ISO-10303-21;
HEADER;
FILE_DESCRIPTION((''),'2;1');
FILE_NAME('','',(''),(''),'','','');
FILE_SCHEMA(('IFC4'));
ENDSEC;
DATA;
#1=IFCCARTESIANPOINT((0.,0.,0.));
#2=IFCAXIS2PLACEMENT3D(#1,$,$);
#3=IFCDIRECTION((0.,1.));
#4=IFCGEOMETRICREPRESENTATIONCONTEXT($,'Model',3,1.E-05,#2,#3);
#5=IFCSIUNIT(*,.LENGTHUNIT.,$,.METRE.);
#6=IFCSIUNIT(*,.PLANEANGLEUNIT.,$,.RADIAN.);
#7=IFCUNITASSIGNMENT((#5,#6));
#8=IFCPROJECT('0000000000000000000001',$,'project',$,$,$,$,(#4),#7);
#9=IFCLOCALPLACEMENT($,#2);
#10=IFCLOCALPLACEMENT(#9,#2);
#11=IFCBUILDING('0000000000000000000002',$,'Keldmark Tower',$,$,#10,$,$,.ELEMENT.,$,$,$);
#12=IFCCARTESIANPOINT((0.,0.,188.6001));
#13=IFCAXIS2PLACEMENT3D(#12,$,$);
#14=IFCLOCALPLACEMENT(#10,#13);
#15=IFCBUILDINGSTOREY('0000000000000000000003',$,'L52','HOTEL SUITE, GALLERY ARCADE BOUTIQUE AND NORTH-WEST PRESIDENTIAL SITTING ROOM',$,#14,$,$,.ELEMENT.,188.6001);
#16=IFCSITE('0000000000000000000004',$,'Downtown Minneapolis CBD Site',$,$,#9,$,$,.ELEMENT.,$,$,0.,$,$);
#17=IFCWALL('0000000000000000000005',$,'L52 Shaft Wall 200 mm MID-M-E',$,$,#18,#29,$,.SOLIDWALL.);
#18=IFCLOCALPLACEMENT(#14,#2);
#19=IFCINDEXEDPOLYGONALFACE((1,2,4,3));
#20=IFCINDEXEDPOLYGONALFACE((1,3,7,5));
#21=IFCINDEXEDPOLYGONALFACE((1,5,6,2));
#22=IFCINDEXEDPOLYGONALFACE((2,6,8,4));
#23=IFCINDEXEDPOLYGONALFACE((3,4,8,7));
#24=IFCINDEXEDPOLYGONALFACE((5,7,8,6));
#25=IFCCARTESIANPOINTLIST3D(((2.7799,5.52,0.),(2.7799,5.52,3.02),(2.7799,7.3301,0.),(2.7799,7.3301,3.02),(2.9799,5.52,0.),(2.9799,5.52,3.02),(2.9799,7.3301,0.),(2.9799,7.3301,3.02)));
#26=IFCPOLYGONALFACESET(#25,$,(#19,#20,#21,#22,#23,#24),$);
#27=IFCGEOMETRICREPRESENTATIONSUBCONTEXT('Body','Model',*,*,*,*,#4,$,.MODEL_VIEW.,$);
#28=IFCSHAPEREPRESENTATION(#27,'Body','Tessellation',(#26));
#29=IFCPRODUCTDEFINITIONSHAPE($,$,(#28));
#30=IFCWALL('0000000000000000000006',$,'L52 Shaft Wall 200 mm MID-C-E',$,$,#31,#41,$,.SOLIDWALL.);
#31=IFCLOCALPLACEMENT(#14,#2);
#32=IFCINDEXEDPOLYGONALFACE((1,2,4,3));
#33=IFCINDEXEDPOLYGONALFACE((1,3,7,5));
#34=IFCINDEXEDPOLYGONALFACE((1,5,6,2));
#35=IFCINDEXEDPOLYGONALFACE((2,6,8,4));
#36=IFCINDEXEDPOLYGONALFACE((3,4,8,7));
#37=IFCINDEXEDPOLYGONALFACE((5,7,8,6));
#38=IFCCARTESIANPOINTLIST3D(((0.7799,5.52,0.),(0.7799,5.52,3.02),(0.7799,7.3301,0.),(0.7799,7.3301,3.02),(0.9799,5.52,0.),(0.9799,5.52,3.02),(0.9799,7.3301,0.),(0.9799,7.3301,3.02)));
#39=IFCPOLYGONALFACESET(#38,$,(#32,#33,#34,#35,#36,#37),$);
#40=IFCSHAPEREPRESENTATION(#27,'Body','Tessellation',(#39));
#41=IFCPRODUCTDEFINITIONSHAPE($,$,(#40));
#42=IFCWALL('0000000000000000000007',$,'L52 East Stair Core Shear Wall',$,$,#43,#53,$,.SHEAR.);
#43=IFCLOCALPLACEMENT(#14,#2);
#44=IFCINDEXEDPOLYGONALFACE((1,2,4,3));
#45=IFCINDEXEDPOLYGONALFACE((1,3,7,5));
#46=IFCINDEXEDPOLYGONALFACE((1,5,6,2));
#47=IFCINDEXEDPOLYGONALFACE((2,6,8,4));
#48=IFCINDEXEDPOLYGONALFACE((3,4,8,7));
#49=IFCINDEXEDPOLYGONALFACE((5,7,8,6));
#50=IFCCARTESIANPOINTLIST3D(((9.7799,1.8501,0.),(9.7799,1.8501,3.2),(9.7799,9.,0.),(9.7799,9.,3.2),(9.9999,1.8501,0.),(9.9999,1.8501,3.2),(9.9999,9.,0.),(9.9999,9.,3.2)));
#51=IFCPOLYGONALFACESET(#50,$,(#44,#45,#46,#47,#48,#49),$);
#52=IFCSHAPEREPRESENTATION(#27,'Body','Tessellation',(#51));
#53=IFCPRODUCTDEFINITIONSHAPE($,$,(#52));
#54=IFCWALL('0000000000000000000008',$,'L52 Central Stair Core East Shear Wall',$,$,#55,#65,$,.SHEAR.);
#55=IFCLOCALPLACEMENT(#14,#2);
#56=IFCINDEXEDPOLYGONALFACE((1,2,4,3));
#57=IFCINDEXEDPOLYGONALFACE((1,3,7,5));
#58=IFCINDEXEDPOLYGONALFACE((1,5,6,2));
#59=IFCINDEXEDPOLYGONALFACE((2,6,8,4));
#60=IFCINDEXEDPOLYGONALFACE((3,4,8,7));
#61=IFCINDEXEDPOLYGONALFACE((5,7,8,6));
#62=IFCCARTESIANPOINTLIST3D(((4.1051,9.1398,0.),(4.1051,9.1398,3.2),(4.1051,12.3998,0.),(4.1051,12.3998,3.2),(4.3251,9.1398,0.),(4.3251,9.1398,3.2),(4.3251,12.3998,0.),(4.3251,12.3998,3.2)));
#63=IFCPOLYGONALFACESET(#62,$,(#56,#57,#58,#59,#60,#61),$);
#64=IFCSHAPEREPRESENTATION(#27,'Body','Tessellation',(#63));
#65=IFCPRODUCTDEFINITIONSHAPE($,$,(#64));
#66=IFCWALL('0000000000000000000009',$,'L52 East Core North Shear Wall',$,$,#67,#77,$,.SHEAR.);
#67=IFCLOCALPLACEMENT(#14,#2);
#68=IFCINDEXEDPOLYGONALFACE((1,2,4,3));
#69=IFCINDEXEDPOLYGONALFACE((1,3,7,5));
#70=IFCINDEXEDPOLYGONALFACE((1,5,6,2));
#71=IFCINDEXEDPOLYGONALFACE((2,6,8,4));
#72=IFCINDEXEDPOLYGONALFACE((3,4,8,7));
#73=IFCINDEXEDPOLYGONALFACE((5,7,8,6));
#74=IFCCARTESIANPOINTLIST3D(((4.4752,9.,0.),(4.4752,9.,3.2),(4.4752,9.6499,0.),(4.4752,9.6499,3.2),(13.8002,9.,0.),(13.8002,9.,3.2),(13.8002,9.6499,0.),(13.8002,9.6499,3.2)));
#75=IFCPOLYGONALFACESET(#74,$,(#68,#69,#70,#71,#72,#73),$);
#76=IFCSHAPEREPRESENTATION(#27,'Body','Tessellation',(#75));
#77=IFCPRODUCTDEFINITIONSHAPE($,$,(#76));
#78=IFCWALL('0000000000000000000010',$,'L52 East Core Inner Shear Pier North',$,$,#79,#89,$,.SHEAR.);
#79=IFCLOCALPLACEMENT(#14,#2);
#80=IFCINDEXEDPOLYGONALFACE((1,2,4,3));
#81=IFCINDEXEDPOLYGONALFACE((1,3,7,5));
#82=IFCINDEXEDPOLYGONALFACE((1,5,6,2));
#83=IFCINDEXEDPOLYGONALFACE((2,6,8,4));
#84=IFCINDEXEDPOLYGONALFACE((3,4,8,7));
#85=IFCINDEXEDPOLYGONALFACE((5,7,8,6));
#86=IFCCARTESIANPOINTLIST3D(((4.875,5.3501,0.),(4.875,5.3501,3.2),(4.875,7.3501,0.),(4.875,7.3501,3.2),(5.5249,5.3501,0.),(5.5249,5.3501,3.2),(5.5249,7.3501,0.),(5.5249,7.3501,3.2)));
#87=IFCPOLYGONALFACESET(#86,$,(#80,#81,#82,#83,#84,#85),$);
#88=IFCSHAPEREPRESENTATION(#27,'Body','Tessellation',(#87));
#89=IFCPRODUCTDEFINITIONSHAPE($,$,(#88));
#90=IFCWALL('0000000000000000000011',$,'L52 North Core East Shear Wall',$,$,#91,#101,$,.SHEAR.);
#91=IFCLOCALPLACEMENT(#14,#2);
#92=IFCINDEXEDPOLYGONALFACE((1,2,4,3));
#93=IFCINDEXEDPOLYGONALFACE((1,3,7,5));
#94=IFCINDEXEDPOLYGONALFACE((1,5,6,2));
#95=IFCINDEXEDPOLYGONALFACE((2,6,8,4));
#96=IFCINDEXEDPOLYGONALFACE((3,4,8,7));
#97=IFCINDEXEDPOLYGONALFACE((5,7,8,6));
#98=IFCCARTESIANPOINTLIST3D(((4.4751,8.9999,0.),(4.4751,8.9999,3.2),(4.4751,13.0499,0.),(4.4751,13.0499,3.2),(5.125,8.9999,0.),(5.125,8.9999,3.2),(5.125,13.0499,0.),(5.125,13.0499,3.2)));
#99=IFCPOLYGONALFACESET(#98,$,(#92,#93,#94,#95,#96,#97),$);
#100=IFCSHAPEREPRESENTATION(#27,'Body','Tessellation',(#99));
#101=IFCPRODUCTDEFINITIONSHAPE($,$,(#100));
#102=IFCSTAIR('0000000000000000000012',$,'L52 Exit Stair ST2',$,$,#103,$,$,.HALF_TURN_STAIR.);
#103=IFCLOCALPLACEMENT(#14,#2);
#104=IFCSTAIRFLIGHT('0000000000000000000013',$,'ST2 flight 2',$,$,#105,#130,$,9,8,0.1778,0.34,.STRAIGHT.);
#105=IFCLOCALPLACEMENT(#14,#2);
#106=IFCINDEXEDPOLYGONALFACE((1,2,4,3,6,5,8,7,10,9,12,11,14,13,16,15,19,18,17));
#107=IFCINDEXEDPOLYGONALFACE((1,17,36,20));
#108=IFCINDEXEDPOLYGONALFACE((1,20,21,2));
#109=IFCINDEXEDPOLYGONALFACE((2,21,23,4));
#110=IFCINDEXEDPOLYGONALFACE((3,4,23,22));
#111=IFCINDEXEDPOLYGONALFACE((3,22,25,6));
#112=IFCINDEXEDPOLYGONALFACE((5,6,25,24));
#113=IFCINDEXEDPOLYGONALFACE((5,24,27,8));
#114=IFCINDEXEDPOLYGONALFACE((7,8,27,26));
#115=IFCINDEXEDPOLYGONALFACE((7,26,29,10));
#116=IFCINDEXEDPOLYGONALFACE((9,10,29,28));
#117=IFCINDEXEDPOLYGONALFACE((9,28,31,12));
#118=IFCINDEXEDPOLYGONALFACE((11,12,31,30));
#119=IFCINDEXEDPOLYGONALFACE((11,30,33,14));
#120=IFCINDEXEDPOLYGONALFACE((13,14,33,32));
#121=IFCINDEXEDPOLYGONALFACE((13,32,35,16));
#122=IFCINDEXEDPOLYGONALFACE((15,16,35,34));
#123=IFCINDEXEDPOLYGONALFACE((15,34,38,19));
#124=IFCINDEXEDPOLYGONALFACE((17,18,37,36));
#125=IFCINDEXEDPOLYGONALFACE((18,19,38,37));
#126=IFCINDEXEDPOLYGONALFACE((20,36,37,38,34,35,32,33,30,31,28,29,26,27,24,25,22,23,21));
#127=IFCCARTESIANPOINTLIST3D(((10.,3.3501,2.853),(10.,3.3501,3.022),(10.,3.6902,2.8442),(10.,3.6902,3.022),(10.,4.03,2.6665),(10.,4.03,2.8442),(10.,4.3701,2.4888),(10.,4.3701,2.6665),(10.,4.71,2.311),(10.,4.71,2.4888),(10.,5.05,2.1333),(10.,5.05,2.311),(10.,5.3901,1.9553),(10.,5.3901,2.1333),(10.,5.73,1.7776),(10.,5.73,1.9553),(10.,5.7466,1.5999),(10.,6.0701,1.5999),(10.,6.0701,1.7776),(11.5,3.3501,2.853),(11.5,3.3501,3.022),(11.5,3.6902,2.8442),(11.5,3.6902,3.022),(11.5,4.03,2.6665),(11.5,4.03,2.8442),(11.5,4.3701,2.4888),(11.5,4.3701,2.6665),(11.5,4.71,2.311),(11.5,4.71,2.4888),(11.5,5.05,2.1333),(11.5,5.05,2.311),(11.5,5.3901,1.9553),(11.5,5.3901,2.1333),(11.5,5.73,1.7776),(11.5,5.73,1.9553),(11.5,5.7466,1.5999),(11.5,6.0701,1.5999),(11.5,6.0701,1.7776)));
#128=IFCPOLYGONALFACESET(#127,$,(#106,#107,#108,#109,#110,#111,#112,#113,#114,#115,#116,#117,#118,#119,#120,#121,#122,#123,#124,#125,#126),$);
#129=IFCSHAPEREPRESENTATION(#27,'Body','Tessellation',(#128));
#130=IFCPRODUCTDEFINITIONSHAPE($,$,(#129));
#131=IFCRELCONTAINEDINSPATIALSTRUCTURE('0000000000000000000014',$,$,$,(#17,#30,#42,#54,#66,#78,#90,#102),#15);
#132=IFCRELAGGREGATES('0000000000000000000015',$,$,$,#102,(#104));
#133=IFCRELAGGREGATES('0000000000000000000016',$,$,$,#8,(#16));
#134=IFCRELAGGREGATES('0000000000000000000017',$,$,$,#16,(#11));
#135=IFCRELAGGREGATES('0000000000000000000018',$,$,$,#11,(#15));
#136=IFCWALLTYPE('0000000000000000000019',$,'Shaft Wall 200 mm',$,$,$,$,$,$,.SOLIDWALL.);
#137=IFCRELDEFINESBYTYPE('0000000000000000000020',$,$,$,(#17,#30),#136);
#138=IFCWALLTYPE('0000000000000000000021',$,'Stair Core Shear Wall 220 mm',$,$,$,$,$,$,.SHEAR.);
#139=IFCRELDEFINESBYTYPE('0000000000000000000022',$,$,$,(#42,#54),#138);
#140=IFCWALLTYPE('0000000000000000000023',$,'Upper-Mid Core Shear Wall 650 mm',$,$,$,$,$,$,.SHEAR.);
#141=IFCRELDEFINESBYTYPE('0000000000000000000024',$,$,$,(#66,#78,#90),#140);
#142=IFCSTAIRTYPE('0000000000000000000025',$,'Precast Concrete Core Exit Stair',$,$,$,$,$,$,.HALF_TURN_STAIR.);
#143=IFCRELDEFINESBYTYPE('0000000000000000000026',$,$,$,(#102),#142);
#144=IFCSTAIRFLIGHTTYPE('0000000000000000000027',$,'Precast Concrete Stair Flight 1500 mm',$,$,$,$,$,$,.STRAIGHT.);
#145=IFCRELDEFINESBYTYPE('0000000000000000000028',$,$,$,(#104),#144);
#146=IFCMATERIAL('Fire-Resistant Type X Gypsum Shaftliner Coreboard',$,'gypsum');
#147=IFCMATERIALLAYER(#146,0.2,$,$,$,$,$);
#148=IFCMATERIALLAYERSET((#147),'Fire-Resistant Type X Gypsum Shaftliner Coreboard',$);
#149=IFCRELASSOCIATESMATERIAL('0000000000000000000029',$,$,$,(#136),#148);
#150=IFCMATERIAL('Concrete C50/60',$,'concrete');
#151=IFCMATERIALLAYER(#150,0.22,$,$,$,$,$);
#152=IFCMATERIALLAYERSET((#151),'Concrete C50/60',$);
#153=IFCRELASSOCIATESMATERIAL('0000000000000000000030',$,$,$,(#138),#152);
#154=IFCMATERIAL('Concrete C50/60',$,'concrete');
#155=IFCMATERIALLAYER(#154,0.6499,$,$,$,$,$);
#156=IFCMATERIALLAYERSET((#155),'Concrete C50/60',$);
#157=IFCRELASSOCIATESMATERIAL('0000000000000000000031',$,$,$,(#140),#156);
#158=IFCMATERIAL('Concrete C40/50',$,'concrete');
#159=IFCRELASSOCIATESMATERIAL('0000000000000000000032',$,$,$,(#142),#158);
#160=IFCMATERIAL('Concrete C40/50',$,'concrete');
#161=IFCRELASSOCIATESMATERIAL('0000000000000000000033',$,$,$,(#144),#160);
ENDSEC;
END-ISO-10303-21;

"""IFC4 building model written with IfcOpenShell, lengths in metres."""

from ifc_helpers import new_model, si_unit, direction, frame, frame_2d, origin, place, context, subcontext, project, spatial, polyline, rectangle, outline, extrude, material, layer, layer_set, type_object, element, aggregate, save


model = new_model("IFC4")

# Units and contexts
model_context = context("Model", 3, precision=1e-05, world=origin(), true_north=direction((0.0, 1.0)))
body_context = subcontext(model_context, "Body", "Model", "MODEL_VIEW")
ifc_project = project(units=[si_unit("LENGTHUNIT", "METRE"), si_unit("PLANEANGLEUNIT", "RADIAN")], contexts=[model_context])

# Site, building, storey
site_placement = place(None, origin())
site = spatial("IfcSite", under=ifc_project, at=site_placement, Name="Downtown Minneapolis CBD Site", CompositionType="ELEMENT", RefElevation=0.0)
building_placement = place(site_placement, origin())
building = spatial("IfcBuilding", under=site, at=building_placement, Name="Keldmark Tower", CompositionType="ELEMENT")
storey_placement = place(building_placement, frame((0.0, 0.0, 188.6001)))
storey = spatial("IfcBuildingStorey", under=building, at=storey_placement, Name="L52", Description="HOTEL SUITE, GALLERY ARCADE BOUTIQUE AND NORTH-WEST PRESIDENTIAL SITTING ROOM", CompositionType="ELEMENT", Elevation=188.6001)

# Shared definitions
ifc_material_1 = material(Name="Fire-Resistant Type X Gypsum Shaftliner Coreboard", Category="gypsum")
ifc_layer_1 = layer(ifc_material_1, 0.2)
ifc_layer_set_1 = layer_set([ifc_layer_1], Name="Fire-Resistant Type X Gypsum Shaftliner Coreboard")
wall_type_1 = type_object("IfcWallType", Name="Shaft Wall 200 mm", PredefinedType="SOLIDWALL", material=ifc_layer_set_1)

# Walls
for number, where, z_axis, x_axis, name in (
    (1, (2.8799, 5.52, 0.0), (0.0, 0.0, 1.0), (0.0, 1.0, 0.0), "L52 Shaft Wall 200 mm MID-M-E"),
    (2, (0.8799, 5.52, 0.0), (0.0, 0.0, 1.0), (0.0, 1.0, 0.0), "L52 Shaft Wall 200 mm MID-C-E"),
):
    element("IfcWall", number, at=place(storey_placement, frame(where, z_axis=z_axis, x_axis=x_axis)), inside=storey, type_object=wall_type_1, Name=name, PredefinedType="SOLIDWALL", context=body_context, shape_type="SweptSolid", body=[
        extrude(rectangle(XDim=1.8101, YDim=0.2, at=frame_2d((0.905, 0.0))), origin(), (0.0, 0.0, 1.0), 3.02),
    ])
ifc_material_2 = material(Name="Concrete C50/60", Category="concrete")
ifc_layer_2 = layer(ifc_material_2, 0.22)
ifc_layer_set_2 = layer_set([ifc_layer_2], Name="Concrete C50/60")
wall_type_2 = type_object("IfcWallType", Name="Stair Core Shear Wall 220 mm", PredefinedType="SHEAR", material=ifc_layer_set_2)
wall_1_placement = place(storey_placement, frame((9.8899, 1.8501, 0.0), z_axis=(0.0, 0.0, 1.0), x_axis=(0.0, 1.0, 0.0)))
element("IfcWall", 3, at=wall_1_placement, inside=storey, type_object=wall_type_2, Name="L52 East Stair Core Shear Wall", PredefinedType="SHEAR", context=body_context, shape_type="SweptSolid", body=[
    extrude(rectangle(XDim=7.1499, YDim=0.22, at=frame_2d((3.575, 0.0))), origin(), (0.0, 0.0, 1.0), 3.2),
])
wall_2_placement = place(storey_placement, frame((4.2151, 9.1399, 0.0), z_axis=(0.0, 0.0, 1.0), x_axis=(0.0, 1.0, 0.0)))
element("IfcWall", 4, at=wall_2_placement, inside=storey, type_object=wall_type_2, Name="L52 Central Stair Core East Shear Wall", PredefinedType="SHEAR", context=body_context, shape_type="SweptSolid", body=[
    extrude(rectangle(XDim=3.26, YDim=0.22, at=frame_2d((1.6299, 0.0))), origin(), (0.0, 0.0, 1.0), 3.2),
])
ifc_material_3 = material(Name="Concrete C50/60", Category="concrete")
ifc_layer_3 = layer(ifc_material_3, 0.6499)
ifc_layer_set_3 = layer_set([ifc_layer_3], Name="Concrete C50/60")
wall_type_3 = type_object("IfcWallType", Name="Upper-Mid Core Shear Wall 650 mm", PredefinedType="SHEAR", material=ifc_layer_set_3)
wall_3_placement = place(storey_placement, frame((4.4751, 9.325, 0.0), z_axis=(0.0, 0.0, 1.0), x_axis=(1.0, 0.0, 0.0)))
element("IfcWall", 5, at=wall_3_placement, inside=storey, type_object=wall_type_3, Name="L52 East Core North Shear Wall", PredefinedType="SHEAR", context=body_context, shape_type="SweptSolid", body=[
    extrude(rectangle(XDim=9.325, YDim=0.6499, at=frame_2d((4.6626, 0.0))), origin(), (0.0, 0.0, 1.0), 3.2),
])
wall_4_placement = place(storey_placement, frame((5.2, 5.3501, 0.0), z_axis=(0.0, 0.0, 1.0), x_axis=(0.0, 1.0, 0.0)))
element("IfcWall", 6, at=wall_4_placement, inside=storey, type_object=wall_type_3, Name="L52 East Core Inner Shear Pier North", PredefinedType="SHEAR", context=body_context, shape_type="SweptSolid", body=[
    extrude(rectangle(XDim=2.0, YDim=0.6499, at=frame_2d((1.0, 0.0))), origin(), (0.0, 0.0, 1.0), 3.2),
])
wall_5_placement = place(storey_placement, frame((4.8, 9.0, 0.0), z_axis=(0.0, 0.0, 1.0), x_axis=(0.0, 1.0, 0.0)))
element("IfcWall", 7, at=wall_5_placement, inside=storey, type_object=wall_type_3, Name="L52 North Core East Shear Wall", PredefinedType="SHEAR", context=body_context, shape_type="SweptSolid", body=[
    extrude(rectangle(XDim=4.05, YDim=0.6499, at=frame_2d((2.0249, 0.0))), origin(), (0.0, 0.0, 1.0), 3.2),
])

# Stair, stair flight
ifc_material_4 = material(Name="Concrete C40/50", Category="concrete")
stair_type = type_object("IfcStairType", Name="Precast Concrete Core Exit Stair", PredefinedType="HALF_TURN_STAIR", material=ifc_material_4)
stair_placement = place(storey_placement, origin())
stair = element("IfcStair", 8, at=stair_placement, inside=storey, type_object=stair_type, Name="L52 Exit Stair ST2", PredefinedType="HALF_TURN_STAIR")
ifc_material_5 = material(Name="Concrete C40/50", Category="concrete")
stair_flight_type = type_object("IfcStairFlightType", Name="Precast Concrete Stair Flight 1500 mm", PredefinedType="STRAIGHT", material=ifc_material_5)
stair_flight_placement = place(storey_placement, frame((10.75, 6.0701, 1.5999), z_axis=(0.0, 0.0, 1.0), x_axis=(0.0, -1.0, 0.0)))
stair_flight = element("IfcStairFlight", 9, at=stair_flight_placement, type_object=stair_flight_type, Name="ST2 flight 2", NumberOfRisers=9, NumberOfTreads=8, PredefinedType="STRAIGHT", RiserHeight=0.1778, TreadLength=0.34, context=body_context, shape_type="SweptSolid", body=[
    extrude(outline(polyline([(0.0, 0.0), (0.0, 0.1777), (0.3401, 0.1777), (0.3401, 0.3555), (0.6799, 0.3555), (0.6799, 0.5334), (1.02, 0.5334), (1.02, 0.7112), (1.3601, 0.7112), (1.3601, 0.8889), (1.7, 0.8889), (1.7, 1.0667), (2.04, 1.0667), (2.04, 1.2444), (2.3799, 1.2444), (2.3799, 1.4221), (2.72, 1.4221), (2.72, 1.6001), (2.72, 1.2532), (0.3235, 0.0), (0.0, 0.0)])), frame((0.0, 0.75, 0.0), z_axis=(0.0, -1.0, 0.0), x_axis=(1.0, 0.0, 0.0)), (0.0, 0.0, 1.0), 1.5),
])
aggregate(stair, [stair_flight])

save(model, "model.ifc")
